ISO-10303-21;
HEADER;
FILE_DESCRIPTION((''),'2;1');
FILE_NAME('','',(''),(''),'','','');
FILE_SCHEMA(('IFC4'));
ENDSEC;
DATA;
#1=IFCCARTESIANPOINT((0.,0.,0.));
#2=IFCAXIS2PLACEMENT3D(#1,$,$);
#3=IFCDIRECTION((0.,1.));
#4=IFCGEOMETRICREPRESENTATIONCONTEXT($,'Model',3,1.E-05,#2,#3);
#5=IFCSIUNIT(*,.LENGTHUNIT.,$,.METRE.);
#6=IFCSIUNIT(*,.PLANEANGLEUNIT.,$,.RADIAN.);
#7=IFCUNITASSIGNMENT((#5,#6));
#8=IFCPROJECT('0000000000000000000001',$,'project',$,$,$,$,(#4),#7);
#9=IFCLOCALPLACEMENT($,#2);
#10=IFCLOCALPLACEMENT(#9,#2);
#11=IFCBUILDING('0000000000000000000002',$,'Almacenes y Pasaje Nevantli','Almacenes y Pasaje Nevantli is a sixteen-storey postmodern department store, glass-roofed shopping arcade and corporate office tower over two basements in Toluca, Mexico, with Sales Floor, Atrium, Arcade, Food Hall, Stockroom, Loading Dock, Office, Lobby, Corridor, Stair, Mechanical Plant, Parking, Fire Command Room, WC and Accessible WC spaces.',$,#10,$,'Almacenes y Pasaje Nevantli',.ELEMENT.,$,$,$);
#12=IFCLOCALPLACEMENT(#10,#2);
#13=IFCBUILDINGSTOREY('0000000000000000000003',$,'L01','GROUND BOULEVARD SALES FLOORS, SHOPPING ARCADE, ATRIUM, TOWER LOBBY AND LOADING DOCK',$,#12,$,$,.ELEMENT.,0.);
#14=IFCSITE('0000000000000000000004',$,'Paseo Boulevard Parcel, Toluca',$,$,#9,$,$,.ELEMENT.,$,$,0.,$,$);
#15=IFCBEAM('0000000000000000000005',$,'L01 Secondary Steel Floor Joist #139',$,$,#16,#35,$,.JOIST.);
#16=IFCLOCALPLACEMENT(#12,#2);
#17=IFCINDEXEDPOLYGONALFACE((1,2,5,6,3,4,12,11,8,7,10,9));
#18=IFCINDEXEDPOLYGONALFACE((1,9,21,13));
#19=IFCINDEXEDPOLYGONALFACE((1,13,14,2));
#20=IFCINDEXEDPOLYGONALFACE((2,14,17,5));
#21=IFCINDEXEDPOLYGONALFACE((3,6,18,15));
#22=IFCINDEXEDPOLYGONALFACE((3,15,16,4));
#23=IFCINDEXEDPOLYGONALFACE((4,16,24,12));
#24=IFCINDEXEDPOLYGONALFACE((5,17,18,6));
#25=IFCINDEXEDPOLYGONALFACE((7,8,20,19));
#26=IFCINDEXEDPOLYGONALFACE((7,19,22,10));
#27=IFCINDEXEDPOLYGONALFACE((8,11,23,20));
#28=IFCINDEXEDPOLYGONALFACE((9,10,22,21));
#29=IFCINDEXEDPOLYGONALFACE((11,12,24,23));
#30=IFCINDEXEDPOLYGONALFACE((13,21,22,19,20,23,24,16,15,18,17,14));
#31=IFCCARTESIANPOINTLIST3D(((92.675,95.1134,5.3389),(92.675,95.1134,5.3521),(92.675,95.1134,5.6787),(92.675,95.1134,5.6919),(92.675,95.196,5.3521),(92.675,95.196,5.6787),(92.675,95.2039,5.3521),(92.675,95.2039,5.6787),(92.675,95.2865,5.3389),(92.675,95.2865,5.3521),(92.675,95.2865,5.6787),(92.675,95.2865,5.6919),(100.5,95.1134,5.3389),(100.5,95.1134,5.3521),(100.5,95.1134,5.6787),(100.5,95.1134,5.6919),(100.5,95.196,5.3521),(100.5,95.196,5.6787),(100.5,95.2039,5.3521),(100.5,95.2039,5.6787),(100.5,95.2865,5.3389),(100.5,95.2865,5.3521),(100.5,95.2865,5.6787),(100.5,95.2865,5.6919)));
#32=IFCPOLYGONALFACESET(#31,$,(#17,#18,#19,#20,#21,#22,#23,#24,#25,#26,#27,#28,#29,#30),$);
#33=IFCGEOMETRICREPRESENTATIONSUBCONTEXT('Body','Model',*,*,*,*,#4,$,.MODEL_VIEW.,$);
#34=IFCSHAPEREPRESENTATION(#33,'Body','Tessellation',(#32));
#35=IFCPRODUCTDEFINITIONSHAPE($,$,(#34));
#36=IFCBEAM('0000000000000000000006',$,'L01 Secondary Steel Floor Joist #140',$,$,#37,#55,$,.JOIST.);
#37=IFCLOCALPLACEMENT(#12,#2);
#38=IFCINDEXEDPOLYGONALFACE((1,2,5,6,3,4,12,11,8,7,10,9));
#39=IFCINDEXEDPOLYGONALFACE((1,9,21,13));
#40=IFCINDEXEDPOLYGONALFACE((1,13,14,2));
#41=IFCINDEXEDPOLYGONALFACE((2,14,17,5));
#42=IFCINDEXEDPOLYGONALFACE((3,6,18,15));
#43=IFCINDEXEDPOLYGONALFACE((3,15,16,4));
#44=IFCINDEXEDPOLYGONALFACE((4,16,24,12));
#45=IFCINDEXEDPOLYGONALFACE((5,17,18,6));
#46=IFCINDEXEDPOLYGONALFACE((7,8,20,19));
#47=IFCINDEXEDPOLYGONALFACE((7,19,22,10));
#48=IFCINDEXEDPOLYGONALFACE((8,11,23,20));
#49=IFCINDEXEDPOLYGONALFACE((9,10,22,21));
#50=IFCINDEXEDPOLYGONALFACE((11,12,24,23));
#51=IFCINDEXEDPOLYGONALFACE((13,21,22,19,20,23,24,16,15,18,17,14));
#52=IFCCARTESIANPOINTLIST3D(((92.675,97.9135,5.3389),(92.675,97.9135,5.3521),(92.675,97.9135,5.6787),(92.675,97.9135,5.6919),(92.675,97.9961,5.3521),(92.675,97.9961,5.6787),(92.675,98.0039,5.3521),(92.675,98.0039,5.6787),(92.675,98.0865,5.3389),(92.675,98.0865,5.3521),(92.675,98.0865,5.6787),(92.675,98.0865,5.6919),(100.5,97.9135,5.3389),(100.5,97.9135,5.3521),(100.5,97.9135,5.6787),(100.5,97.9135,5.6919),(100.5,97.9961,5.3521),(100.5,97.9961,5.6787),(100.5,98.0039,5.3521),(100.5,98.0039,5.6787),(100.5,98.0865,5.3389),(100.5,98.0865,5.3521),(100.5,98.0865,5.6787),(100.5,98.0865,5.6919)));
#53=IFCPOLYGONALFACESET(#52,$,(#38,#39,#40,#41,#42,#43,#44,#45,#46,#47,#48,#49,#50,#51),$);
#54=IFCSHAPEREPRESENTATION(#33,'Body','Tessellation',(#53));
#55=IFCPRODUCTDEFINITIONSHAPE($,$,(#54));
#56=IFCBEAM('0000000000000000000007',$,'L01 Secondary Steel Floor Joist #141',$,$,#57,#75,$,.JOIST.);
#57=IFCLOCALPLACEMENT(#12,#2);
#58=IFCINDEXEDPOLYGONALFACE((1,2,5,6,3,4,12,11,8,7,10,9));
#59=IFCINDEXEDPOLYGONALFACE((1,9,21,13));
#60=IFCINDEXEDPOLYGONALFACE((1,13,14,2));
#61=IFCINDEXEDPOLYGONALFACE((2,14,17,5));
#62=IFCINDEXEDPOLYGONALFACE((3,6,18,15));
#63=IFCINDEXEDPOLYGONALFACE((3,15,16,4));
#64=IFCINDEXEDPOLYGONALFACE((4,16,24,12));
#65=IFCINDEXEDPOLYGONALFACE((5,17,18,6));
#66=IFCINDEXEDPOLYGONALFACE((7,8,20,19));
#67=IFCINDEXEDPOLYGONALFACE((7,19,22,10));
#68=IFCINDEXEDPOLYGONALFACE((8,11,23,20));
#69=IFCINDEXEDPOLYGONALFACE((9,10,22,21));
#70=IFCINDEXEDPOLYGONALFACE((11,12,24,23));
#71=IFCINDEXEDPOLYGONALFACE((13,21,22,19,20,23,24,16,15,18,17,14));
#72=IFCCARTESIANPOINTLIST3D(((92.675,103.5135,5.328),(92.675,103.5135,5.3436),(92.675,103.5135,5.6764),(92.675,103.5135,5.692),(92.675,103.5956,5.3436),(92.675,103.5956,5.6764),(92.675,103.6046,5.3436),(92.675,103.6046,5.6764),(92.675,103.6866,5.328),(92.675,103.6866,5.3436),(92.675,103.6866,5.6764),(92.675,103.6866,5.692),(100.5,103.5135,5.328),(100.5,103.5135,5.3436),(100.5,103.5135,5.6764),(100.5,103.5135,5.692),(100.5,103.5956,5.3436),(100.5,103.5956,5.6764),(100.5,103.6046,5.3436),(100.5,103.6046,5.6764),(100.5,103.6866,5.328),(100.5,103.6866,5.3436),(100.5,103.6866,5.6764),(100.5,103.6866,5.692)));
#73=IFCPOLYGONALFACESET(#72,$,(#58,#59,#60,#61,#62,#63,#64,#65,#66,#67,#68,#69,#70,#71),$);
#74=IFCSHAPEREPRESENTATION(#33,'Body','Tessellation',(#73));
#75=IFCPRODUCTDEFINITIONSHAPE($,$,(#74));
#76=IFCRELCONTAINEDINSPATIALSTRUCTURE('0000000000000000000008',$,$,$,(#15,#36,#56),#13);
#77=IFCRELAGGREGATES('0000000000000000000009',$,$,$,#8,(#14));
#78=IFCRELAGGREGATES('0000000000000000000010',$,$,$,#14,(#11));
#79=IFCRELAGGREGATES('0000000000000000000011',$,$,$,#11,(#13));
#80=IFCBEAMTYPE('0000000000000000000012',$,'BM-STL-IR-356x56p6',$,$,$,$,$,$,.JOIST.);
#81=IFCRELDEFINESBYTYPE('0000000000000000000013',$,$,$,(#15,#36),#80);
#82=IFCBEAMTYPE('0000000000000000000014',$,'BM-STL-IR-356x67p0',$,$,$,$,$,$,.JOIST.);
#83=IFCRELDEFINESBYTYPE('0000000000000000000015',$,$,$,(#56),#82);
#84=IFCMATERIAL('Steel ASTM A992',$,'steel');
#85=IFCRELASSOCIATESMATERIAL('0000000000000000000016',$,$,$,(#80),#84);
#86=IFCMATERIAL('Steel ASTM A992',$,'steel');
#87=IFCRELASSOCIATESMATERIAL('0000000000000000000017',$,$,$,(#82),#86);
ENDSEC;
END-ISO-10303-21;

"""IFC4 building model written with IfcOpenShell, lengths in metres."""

from ifc_helpers import new_model, si_unit, direction, frame, origin, origin_2d, place, context, subcontext, project, spatial, i_section, extrude, material, material_profile, profile_set, type_object, element, save


model = new_model("IFC4")

# Units and contexts
model_context = context("Model", 3, precision=1e-05, world=origin(), true_north=direction((0.0, 1.0)))
body_context = subcontext(model_context, "Body", "Model", "MODEL_VIEW")
ifc_project = project(units=[si_unit("LENGTHUNIT", "METRE"), si_unit("PLANEANGLEUNIT", "RADIAN")], contexts=[model_context])

# Site, building, storey
site_placement = place(None, origin())
site = spatial("IfcSite", under=ifc_project, at=site_placement, Name="Paseo Boulevard Parcel, Toluca", CompositionType="ELEMENT", RefElevation=0.0)
building_placement = place(site_placement, origin())
building = spatial("IfcBuilding", under=site, at=building_placement, Name="Almacenes y Pasaje Nevantli", Description="Almacenes y Pasaje Nevantli is a sixteen-storey postmodern department store, glass-roofed shopping arcade and corporate office tower over two basements in Toluca, Mexico, with Sales Floor, Atrium, Arcade, Food Hall, Stockroom, Loading Dock, Office, Lobby, Corridor, Stair, Mechanical Plant, Parking, Fire Command Room, WC and Accessible WC spaces.", LongName="Almacenes y Pasaje Nevantli", CompositionType="ELEMENT")
storey_placement = place(building_placement, origin())
storey = spatial("IfcBuildingStorey", under=building, at=storey_placement, Name="L01", Description="GROUND BOULEVARD SALES FLOORS, SHOPPING ARCADE, ATRIUM, TOWER LOBBY AND LOADING DOCK", CompositionType="ELEMENT", Elevation=0.0)

# Beams
ifc_material_1 = material(Name="Steel ASTM A992", Category="steel")
ifc_material_profile_1 = material_profile(ifc_material_1, i_section(OverallWidth=0.1731, OverallDepth=0.353, WebThickness=0.0078, FlangeThickness=0.0132, at=origin_2d()), Name="IR 356x56.6")
ifc_profile_set_1 = profile_set([ifc_material_profile_1], Name="Steel ASTM A992")
beam_type_1 = type_object("IfcBeamType", Name="BM-STL-IR-356x56p6", PredefinedType="JOIST", material=ifc_profile_set_1)
for number, where, z_axis, x_axis, name in (
    (1, (92.675, 95.2, 5.5154), (1.0, 0.0, 0.0), (0.0, 1.0, 0.0), "L01 Secondary Steel Floor Joist #139"),
    (2, (92.675, 98.0, 5.5154), (1.0, 0.0, 0.0), (0.0, 1.0, 0.0), "L01 Secondary Steel Floor Joist #140"),
):
    element("IfcBeam", number, at=place(storey_placement, frame(where, z_axis=z_axis, x_axis=x_axis)), inside=storey, type_object=beam_type_1, Name=name, PredefinedType="JOIST", context=body_context, shape_type="SweptSolid", body=[
        extrude(i_section(OverallWidth=0.1731, OverallDepth=0.353, WebThickness=0.0078, FlangeThickness=0.0132, at=origin_2d()), origin(), (0.0, 0.0, 1.0), 7.825),
    ])
ifc_material_2 = material(Name="Steel ASTM A992", Category="steel")
ifc_material_profile_2 = material_profile(ifc_material_2, i_section(OverallWidth=0.1731, OverallDepth=0.364, WebThickness=0.009, FlangeThickness=0.0156, at=origin_2d()), Name="IR 356x67.0")
ifc_profile_set_2 = profile_set([ifc_material_profile_2], Name="Steel ASTM A992")
beam_type_2 = type_object("IfcBeamType", Name="BM-STL-IR-356x67p0", PredefinedType="JOIST", material=ifc_profile_set_2)
beam_1_placement = place(storey_placement, frame((92.675, 103.6001, 5.51), z_axis=(1.0, 0.0, 0.0), x_axis=(0.0, 1.0, 0.0)))
element("IfcBeam", 3, at=beam_1_placement, inside=storey, type_object=beam_type_2, Name="L01 Secondary Steel Floor Joist #141", PredefinedType="JOIST", context=body_context, shape_type="SweptSolid", body=[
    extrude(i_section(OverallWidth=0.1731, OverallDepth=0.364, WebThickness=0.009, FlangeThickness=0.0156, at=origin_2d()), origin(), (0.0, 0.0, 1.0), 7.825),
])

save(model, "model.ifc")
